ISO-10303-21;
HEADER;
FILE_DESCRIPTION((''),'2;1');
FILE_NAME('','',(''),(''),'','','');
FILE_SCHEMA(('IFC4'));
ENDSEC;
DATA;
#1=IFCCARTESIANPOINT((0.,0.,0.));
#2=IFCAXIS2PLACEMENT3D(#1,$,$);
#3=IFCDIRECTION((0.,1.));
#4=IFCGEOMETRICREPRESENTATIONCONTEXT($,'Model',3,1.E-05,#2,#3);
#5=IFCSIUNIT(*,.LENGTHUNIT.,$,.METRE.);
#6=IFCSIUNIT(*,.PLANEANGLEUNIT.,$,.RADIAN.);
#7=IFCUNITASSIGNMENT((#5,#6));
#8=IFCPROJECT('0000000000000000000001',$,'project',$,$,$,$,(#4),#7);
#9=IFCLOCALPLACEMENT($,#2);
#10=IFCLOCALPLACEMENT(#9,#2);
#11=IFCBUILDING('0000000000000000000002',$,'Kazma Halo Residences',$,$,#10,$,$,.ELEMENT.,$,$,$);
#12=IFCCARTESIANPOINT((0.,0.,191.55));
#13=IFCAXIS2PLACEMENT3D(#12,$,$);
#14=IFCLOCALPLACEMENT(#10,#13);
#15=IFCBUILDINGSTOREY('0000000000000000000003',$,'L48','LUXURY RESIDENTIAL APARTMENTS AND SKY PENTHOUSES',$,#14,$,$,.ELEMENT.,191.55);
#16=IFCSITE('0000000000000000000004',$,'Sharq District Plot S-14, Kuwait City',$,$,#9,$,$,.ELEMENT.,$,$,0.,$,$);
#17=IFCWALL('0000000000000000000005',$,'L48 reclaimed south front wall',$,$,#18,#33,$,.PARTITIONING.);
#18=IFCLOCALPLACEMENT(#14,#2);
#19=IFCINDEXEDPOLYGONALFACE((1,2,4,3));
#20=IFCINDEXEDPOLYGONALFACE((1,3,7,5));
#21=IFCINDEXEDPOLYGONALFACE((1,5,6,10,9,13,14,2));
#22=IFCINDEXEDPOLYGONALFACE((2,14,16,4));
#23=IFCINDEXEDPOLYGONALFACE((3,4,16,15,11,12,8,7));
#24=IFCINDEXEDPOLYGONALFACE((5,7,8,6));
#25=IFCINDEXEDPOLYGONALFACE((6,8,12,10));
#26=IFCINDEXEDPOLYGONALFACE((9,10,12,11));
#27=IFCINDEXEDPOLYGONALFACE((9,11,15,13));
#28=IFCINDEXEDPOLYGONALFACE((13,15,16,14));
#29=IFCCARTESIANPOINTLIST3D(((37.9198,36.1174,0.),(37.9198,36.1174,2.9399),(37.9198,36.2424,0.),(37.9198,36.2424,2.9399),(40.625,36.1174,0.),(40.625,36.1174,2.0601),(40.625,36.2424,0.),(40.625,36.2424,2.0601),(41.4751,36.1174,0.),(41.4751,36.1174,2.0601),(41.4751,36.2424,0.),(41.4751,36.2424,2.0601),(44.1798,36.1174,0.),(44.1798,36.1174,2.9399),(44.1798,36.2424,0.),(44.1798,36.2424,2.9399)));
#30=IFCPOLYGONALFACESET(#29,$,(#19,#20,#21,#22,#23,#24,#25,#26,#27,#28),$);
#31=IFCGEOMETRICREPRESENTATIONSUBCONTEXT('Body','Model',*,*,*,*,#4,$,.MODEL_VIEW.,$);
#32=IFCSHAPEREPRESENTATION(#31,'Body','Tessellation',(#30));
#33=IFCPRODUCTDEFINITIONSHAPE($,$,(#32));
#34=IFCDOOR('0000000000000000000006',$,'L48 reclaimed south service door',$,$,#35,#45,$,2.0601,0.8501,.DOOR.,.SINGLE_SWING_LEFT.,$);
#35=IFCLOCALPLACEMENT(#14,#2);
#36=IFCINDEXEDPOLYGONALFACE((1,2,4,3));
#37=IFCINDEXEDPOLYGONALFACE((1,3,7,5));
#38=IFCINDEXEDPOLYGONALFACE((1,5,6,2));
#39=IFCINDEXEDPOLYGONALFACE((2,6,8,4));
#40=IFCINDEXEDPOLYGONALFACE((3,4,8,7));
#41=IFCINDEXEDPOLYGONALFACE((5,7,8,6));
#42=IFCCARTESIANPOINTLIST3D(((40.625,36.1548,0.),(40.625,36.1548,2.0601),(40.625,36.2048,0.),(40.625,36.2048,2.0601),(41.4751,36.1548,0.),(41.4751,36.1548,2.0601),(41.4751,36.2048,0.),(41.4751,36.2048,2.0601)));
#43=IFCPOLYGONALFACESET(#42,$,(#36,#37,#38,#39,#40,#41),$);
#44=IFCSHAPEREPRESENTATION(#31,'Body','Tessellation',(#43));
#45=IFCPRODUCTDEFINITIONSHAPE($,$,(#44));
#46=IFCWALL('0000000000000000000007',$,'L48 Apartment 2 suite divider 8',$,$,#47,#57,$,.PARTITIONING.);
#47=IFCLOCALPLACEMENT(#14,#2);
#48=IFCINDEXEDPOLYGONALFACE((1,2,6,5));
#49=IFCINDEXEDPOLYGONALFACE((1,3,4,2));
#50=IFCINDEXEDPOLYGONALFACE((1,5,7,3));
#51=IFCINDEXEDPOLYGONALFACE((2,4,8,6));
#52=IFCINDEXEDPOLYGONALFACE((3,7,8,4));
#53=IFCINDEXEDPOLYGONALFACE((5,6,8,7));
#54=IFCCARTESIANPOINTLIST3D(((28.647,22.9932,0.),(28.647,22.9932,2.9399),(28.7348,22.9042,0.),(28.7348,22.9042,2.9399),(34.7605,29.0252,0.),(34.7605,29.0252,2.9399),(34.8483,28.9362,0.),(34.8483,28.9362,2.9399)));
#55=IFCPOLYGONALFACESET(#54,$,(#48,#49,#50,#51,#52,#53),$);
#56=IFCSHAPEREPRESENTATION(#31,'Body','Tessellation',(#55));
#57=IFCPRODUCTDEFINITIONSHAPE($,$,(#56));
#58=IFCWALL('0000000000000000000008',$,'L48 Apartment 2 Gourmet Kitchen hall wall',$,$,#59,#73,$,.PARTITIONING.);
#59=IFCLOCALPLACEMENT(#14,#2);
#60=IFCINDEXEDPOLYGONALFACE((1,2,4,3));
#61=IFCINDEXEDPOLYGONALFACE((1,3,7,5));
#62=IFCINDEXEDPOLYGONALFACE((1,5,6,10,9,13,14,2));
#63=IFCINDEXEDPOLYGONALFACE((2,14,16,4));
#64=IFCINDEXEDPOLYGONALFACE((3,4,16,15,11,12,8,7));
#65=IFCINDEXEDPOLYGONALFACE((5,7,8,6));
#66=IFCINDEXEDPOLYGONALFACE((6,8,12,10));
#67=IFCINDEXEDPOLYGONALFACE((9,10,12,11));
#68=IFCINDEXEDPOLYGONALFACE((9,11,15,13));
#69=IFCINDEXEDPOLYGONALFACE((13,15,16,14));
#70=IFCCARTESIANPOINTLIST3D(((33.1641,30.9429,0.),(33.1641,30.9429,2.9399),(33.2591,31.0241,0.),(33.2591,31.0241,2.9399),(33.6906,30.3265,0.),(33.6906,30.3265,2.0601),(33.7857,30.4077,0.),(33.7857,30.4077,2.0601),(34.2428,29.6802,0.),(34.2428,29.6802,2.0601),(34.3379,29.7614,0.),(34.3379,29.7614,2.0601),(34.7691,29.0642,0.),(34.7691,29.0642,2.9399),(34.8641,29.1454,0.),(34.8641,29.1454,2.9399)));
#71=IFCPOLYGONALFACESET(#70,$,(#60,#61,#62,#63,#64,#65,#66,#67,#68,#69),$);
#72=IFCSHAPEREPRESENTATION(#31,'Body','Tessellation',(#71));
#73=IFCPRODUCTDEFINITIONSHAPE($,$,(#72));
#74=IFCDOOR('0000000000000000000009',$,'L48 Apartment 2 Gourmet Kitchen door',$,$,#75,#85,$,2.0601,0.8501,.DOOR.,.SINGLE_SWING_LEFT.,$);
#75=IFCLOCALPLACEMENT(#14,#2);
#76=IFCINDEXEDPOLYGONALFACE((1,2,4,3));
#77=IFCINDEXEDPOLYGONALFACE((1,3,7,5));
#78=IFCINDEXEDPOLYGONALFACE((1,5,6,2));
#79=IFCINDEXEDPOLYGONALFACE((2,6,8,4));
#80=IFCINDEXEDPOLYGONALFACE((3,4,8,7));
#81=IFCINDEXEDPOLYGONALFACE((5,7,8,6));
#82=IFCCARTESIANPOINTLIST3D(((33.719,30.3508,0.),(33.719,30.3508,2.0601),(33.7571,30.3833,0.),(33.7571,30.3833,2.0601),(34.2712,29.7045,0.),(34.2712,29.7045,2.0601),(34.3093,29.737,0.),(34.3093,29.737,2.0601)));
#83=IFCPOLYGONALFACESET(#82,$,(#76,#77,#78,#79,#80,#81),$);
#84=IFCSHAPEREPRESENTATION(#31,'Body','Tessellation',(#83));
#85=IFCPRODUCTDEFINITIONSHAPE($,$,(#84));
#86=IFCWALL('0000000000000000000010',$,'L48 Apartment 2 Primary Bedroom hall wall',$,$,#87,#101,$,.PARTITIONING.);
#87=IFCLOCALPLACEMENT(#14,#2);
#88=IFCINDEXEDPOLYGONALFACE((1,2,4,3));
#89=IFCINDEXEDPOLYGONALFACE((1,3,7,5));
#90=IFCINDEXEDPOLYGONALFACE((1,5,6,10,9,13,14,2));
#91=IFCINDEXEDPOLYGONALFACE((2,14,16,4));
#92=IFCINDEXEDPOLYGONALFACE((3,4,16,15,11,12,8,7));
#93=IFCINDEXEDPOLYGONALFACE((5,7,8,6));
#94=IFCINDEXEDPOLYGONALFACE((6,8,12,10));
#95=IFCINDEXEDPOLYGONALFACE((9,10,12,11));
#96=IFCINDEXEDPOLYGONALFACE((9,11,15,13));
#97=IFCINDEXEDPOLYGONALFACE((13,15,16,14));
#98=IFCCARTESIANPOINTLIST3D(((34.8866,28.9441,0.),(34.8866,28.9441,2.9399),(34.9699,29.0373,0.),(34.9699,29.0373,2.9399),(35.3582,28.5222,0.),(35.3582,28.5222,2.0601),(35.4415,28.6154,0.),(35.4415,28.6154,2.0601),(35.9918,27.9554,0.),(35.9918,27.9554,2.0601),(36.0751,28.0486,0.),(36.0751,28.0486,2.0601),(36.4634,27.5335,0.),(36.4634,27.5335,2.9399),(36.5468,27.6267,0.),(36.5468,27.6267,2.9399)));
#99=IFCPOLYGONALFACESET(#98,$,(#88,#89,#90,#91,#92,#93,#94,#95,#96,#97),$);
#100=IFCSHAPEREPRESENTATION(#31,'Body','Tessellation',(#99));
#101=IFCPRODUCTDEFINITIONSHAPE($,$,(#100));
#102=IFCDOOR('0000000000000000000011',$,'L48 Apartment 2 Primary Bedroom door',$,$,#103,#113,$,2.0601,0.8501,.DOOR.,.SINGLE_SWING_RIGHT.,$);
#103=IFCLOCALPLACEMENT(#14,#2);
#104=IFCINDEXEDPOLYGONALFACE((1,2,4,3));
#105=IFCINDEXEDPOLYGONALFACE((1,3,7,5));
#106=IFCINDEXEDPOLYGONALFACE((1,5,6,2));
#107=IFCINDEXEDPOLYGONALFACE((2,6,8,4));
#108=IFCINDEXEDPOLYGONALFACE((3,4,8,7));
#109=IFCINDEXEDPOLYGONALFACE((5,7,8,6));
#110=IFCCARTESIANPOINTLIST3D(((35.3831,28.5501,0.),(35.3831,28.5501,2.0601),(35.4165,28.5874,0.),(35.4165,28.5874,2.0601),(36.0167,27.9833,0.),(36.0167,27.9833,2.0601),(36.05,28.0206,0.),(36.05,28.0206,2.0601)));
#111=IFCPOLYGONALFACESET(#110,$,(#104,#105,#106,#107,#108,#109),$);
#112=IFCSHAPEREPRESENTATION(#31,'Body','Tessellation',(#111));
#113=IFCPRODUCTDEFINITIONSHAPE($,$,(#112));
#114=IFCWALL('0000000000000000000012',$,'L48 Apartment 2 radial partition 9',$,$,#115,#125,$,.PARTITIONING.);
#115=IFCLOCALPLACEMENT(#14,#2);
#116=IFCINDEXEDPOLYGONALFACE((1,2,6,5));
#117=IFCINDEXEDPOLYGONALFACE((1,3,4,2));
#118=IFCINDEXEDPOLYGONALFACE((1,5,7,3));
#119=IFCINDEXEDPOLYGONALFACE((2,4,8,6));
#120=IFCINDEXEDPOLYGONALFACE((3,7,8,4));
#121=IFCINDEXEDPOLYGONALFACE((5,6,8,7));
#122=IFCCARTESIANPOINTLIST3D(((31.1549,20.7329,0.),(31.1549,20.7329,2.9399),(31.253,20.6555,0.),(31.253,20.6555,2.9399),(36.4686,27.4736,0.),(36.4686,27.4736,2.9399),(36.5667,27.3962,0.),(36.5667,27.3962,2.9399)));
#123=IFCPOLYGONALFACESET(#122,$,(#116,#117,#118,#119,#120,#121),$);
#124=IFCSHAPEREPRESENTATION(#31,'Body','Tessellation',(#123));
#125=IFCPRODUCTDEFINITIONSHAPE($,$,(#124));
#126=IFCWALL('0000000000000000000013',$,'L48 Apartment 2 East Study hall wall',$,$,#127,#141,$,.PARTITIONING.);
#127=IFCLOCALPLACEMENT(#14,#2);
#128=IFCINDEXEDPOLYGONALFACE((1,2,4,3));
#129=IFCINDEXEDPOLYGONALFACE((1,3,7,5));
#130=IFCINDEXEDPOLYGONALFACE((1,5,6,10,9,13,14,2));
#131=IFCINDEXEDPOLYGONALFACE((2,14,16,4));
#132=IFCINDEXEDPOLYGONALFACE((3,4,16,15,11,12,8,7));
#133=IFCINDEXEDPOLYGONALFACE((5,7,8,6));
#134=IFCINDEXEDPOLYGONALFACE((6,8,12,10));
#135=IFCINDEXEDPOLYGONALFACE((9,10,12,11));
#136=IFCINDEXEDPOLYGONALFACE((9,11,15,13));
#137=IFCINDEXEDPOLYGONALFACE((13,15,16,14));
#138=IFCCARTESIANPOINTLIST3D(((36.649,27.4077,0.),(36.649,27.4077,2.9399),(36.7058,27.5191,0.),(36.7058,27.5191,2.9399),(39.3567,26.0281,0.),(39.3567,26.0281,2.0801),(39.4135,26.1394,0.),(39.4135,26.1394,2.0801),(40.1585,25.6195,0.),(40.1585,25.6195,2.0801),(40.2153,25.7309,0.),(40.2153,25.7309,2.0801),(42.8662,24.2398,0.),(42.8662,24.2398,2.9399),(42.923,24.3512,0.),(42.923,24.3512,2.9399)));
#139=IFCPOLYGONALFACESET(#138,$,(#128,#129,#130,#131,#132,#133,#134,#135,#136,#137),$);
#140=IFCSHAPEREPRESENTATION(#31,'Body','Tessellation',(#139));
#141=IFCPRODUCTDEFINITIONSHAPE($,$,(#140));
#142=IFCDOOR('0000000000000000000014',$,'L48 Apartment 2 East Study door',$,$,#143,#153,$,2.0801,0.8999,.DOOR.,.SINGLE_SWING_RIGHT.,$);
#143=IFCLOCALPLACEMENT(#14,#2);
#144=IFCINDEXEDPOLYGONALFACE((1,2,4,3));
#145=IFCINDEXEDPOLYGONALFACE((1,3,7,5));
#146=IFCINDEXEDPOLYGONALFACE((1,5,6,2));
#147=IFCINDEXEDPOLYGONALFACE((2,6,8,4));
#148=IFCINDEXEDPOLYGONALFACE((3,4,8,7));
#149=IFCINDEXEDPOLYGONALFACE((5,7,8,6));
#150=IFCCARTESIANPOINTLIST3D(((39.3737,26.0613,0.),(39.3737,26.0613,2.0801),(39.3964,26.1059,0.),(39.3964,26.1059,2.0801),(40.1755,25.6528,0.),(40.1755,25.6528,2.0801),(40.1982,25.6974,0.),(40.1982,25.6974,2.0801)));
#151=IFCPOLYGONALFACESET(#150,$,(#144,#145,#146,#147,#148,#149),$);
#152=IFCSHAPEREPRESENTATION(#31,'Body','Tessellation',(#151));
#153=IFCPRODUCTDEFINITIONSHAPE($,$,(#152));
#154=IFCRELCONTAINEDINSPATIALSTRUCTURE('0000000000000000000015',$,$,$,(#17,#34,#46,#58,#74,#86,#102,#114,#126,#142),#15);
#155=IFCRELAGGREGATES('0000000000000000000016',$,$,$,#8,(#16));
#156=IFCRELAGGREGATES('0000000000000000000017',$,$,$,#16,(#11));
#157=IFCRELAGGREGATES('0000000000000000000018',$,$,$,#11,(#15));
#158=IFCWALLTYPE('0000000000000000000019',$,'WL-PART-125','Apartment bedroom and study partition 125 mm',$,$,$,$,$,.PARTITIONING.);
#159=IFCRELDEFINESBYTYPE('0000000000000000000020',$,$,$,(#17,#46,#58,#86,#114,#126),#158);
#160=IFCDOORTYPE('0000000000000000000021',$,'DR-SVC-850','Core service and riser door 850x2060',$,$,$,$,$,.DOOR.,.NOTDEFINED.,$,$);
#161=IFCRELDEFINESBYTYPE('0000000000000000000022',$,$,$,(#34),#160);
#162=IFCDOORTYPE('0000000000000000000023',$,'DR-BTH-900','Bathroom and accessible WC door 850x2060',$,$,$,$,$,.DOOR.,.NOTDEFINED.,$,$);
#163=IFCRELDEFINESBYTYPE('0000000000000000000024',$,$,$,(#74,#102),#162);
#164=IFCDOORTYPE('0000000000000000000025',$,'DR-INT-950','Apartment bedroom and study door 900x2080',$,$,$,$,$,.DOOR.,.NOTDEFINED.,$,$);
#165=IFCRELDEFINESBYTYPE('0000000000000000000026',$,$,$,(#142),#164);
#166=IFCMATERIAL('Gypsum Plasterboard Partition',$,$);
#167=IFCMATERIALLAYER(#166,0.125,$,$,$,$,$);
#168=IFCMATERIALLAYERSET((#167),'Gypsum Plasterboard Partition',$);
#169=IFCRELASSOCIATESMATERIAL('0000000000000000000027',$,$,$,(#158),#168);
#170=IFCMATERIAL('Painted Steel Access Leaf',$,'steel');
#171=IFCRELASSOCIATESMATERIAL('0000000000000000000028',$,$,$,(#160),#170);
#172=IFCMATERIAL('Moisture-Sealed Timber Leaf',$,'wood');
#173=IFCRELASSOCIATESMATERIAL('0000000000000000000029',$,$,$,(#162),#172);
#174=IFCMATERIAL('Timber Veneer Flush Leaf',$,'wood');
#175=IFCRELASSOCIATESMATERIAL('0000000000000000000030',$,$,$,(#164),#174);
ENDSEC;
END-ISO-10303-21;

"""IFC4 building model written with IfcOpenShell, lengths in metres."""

from ifc_helpers import new_model, si_unit, direction, frame, frame_2d, origin, place, context, subcontext, project, spatial, rectangle, extrude, material, layer, layer_set, type_object, element, fill, save


model = new_model("IFC4")

# Units and contexts
model_context = context("Model", 3, precision=1e-05, world=origin(), true_north=direction((0.0, 1.0)))
body_context = subcontext(model_context, "Body", "Model", "MODEL_VIEW")
ifc_project = project(units=[si_unit("LENGTHUNIT", "METRE"), si_unit("PLANEANGLEUNIT", "RADIAN")], contexts=[model_context])

# Site, building, storey
site_placement = place(None, origin())
site = spatial("IfcSite", under=ifc_project, at=site_placement, Name="Sharq District Plot S-14, Kuwait City", CompositionType="ELEMENT", RefElevation=0.0)
building_placement = place(site_placement, origin())
building = spatial("IfcBuilding", under=site, at=building_placement, Name="Kazma Halo Residences", CompositionType="ELEMENT")
storey_placement = place(building_placement, frame((0.0, 0.0, 191.55)))
storey = spatial("IfcBuildingStorey", under=building, at=storey_placement, Name="L48", Description="LUXURY RESIDENTIAL APARTMENTS AND SKY PENTHOUSES", CompositionType="ELEMENT", Elevation=191.55)

# Shared definitions
ifc_material_1 = material(Name="Gypsum Plasterboard Partition")
ifc_layer_1 = layer(ifc_material_1, 0.125)
ifc_layer_set_1 = layer_set([ifc_layer_1], Name="Gypsum Plasterboard Partition")
wall_type_1 = type_object("IfcWallType", Name="WL-PART-125", Description="Apartment bedroom and study partition 125 mm", PredefinedType="PARTITIONING", material=ifc_layer_set_1)

# Wall, opening, door
wall_1_placement = place(storey_placement, frame((37.9199, 36.1799, 0.0), z_axis=(0.0, 0.0, 1.0), x_axis=(1.0, 0.0, 0.0)))
wall_1 = element("IfcWall", 1, at=wall_1_placement, inside=storey, type_object=wall_type_1, Name="L48 reclaimed south front wall", PredefinedType="PARTITIONING", context=body_context, shape_type="SweptSolid", body=[
    extrude(rectangle(XDim=6.26, YDim=0.125, at=frame_2d((3.1299, 0.0))), origin(), (0.0, 0.0, 1.0), 2.9399),
])
opening_1_placement = place(wall_1_placement, frame((2.7051, 0.0, 0.0)))
opening_1 = element("IfcOpeningElement", 2, at=opening_1_placement, cuts=wall_1, PredefinedType="OPENING", context=body_context, shape_type="SweptSolid", body=[
    extrude(rectangle(XDim=0.8501, YDim=2.0601, at=frame_2d((0.425, 1.03))), frame((0.0, 0.0725, 0.0), z_axis=(0.0, -1.0, 0.0), x_axis=(1.0, 0.0, 0.0)), (0.0, 0.0, 1.0), 0.145),
])
ifc_material_2 = material(Name="Painted Steel Access Leaf", Category="steel")
door_type_1 = type_object("IfcDoorType", Name="DR-SVC-850", Description="Core service and riser door 850x2060", OperationType="NOTDEFINED", PredefinedType="DOOR", material=ifc_material_2)
door_1_placement = place(opening_1_placement, origin())
door_1 = element("IfcDoor", 3, at=door_1_placement, inside=storey, type_object=door_type_1, Name="L48 reclaimed south service door", OperationType="SINGLE_SWING_LEFT", OverallHeight=2.0601, OverallWidth=0.8501, PredefinedType="DOOR", context=body_context, shape_type="SweptSolid", body=[
    extrude(rectangle(XDim=0.8501, YDim=2.0601, at=frame_2d((0.425, 1.03))), frame((0.0, 0.0249, 0.0), z_axis=(0.0, -1.0, 0.0), x_axis=(1.0, 0.0, 0.0)), (0.0, 0.0, 1.0), 0.05),
])
fill(opening_1, door_1)

# Wall
wall_2_placement = place(storey_placement, frame((34.8044, 28.9807, 0.0), z_axis=(0.0, 0.0, 1.0), x_axis=(-0.711838, -0.702344, 0.0)))
element("IfcWall", 4, at=wall_2_placement, inside=storey, type_object=wall_type_1, Name="L48 Apartment 2 suite divider 8", PredefinedType="PARTITIONING", context=body_context, shape_type="SweptSolid", body=[
    extrude(rectangle(XDim=8.5884, YDim=0.125, at=frame_2d((4.2942, 0.0))), origin(), (0.0, 0.0, 1.0), 2.9399),
])

# Walls, openings, doors
wall_3_placement = place(storey_placement, frame((33.2117, 30.9834, 0.0), z_axis=(0.0, 0.0, 1.0), x_axis=(0.649554, -0.760316, 0.0)))
wall_3 = element("IfcWall", 5, at=wall_3_placement, inside=storey, type_object=wall_type_1, Name="L48 Apartment 2 Gourmet Kitchen hall wall", PredefinedType="PARTITIONING", context=body_context, shape_type="SweptSolid", body=[
    extrude(rectangle(XDim=2.4709, YDim=0.125, at=frame_2d((1.2354, 0.0))), origin(), (0.0, 0.0, 1.0), 2.9399),
])
opening_2_placement = place(wall_3_placement, frame((0.8105, 0.0, 0.0)))
opening_2 = element("IfcOpeningElement", 6, at=opening_2_placement, cuts=wall_3, PredefinedType="OPENING", context=body_context, shape_type="SweptSolid", body=[
    extrude(rectangle(XDim=0.8501, YDim=2.0601, at=frame_2d((0.425, 1.03))), frame((0.0, 0.0725, 0.0), z_axis=(0.0, -1.0, 0.0), x_axis=(1.0, 0.0, 0.0)), (0.0, 0.0, 1.0), 0.145),
])
ifc_material_3 = material(Name="Moisture-Sealed Timber Leaf", Category="wood")
door_type_2 = type_object("IfcDoorType", Name="DR-BTH-900", Description="Bathroom and accessible WC door 850x2060", OperationType="NOTDEFINED", PredefinedType="DOOR", material=ifc_material_3)
door_2_placement = place(opening_2_placement, origin())
door_2 = element("IfcDoor", 7, at=door_2_placement, inside=storey, type_object=door_type_2, Name="L48 Apartment 2 Gourmet Kitchen door", OperationType="SINGLE_SWING_LEFT", OverallHeight=2.0601, OverallWidth=0.8501, PredefinedType="DOOR", context=body_context, shape_type="SweptSolid", body=[
    extrude(rectangle(XDim=0.8501, YDim=2.0601, at=frame_2d((0.425, 1.03))), frame((0.0, 0.0249, 0.0), z_axis=(0.0, -1.0, 0.0), x_axis=(1.0, 0.0, 0.0)), (0.0, 0.0, 1.0), 0.05),
])
fill(opening_2, door_2)
wall_4_placement = place(storey_placement, frame((34.9282, 28.9907, 0.0), z_axis=(0.0, 0.0, 1.0), x_axis=(0.745305, -0.666724, 0.0)))
wall_4 = element("IfcWall", 8, at=wall_4_placement, inside=storey, type_object=wall_type_1, Name="L48 Apartment 2 Primary Bedroom hall wall", PredefinedType="PARTITIONING", context=body_context, shape_type="SweptSolid", body=[
    extrude(rectangle(XDim=2.1157, YDim=0.125, at=frame_2d((1.0579, 0.0))), origin(), (0.0, 0.0, 1.0), 2.9399),
])
opening_3_placement = place(wall_4_placement, frame((0.6328, 0.0, 0.0)))
opening_3 = element("IfcOpeningElement", 9, at=opening_3_placement, cuts=wall_4, PredefinedType="OPENING", context=body_context, shape_type="SweptSolid", body=[
    extrude(rectangle(XDim=0.8501, YDim=2.0601, at=frame_2d((0.425, 1.03))), frame((0.0, 0.0725, 0.0), z_axis=(0.0, -1.0, 0.0), x_axis=(1.0, 0.0, 0.0)), (0.0, 0.0, 1.0), 0.145),
])
door_3_placement = place(opening_3_placement, origin())
door_3 = element("IfcDoor", 10, at=door_3_placement, inside=storey, type_object=door_type_2, Name="L48 Apartment 2 Primary Bedroom door", OperationType="SINGLE_SWING_RIGHT", OverallHeight=2.0601, OverallWidth=0.8501, PredefinedType="DOOR", context=body_context, shape_type="SweptSolid", body=[
    extrude(rectangle(XDim=0.8501, YDim=2.0601, at=frame_2d((0.425, 1.03))), frame((0.0, 0.0249, 0.0), z_axis=(0.0, -1.0, 0.0), x_axis=(1.0, 0.0, 0.0)), (0.0, 0.0, 1.0), 0.05),
])
fill(opening_3, door_3)

# Wall
wall_5_placement = place(storey_placement, frame((36.5176, 27.4348, 0.0), z_axis=(0.0, 0.0, 1.0), x_axis=(-0.619077, -0.78533, 0.0)))
element("IfcWall", 11, at=wall_5_placement, inside=storey, type_object=wall_type_1, Name="L48 Apartment 2 radial partition 9", PredefinedType="PARTITIONING", context=body_context, shape_type="SweptSolid", body=[
    extrude(rectangle(XDim=8.5833, YDim=0.125, at=frame_2d((4.2915, 0.0))), origin(), (0.0, 0.0, 1.0), 2.9399),
])

# Wall, opening, door
wall_6_placement = place(storey_placement, frame((36.6775, 27.4634, 0.0), z_axis=(0.0, 0.0, 1.0), x_axis=(0.891001, -0.454002, 0.0)))
wall_6 = element("IfcWall", 12, at=wall_6_placement, inside=storey, type_object=wall_type_1, Name="L48 Apartment 2 East Study hall wall", PredefinedType="PARTITIONING", context=body_context, shape_type="SweptSolid", body=[
    extrude(rectangle(XDim=6.9778, YDim=0.125, at=frame_2d((3.4888, 0.0))), origin(), (0.0, 0.0, 1.0), 2.9399),
])
opening_4_placement = place(wall_6_placement, frame((3.0388, 0.0, 0.0)))
opening_4 = element("IfcOpeningElement", 13, at=opening_4_placement, cuts=wall_6, PredefinedType="OPENING", context=body_context, shape_type="SweptSolid", body=[
    extrude(rectangle(XDim=0.8999, YDim=2.0801, at=frame_2d((0.45, 1.04))), frame((0.0, 0.0725, 0.0), z_axis=(0.0, -1.0, 0.0), x_axis=(1.0, 0.0, 0.0)), (0.0, 0.0, 1.0), 0.145),
])
ifc_material_4 = material(Name="Timber Veneer Flush Leaf", Category="wood")
door_type_3 = type_object("IfcDoorType", Name="DR-INT-950", Description="Apartment bedroom and study door 900x2080", OperationType="NOTDEFINED", PredefinedType="DOOR", material=ifc_material_4)
door_4_placement = place(opening_4_placement, origin())
door_4 = element("IfcDoor", 14, at=door_4_placement, inside=storey, type_object=door_type_3, Name="L48 Apartment 2 East Study door", OperationType="SINGLE_SWING_RIGHT", OverallHeight=2.0801, OverallWidth=0.8999, PredefinedType="DOOR", context=body_context, shape_type="SweptSolid", body=[
    extrude(rectangle(XDim=0.8999, YDim=2.0801, at=frame_2d((0.45, 1.04))), frame((0.0, 0.0249, 0.0), z_axis=(0.0, -1.0, 0.0), x_axis=(1.0, 0.0, 0.0)), (0.0, 0.0, 1.0), 0.05),
])
fill(opening_4, door_4)

save(model, "model.ifc")
